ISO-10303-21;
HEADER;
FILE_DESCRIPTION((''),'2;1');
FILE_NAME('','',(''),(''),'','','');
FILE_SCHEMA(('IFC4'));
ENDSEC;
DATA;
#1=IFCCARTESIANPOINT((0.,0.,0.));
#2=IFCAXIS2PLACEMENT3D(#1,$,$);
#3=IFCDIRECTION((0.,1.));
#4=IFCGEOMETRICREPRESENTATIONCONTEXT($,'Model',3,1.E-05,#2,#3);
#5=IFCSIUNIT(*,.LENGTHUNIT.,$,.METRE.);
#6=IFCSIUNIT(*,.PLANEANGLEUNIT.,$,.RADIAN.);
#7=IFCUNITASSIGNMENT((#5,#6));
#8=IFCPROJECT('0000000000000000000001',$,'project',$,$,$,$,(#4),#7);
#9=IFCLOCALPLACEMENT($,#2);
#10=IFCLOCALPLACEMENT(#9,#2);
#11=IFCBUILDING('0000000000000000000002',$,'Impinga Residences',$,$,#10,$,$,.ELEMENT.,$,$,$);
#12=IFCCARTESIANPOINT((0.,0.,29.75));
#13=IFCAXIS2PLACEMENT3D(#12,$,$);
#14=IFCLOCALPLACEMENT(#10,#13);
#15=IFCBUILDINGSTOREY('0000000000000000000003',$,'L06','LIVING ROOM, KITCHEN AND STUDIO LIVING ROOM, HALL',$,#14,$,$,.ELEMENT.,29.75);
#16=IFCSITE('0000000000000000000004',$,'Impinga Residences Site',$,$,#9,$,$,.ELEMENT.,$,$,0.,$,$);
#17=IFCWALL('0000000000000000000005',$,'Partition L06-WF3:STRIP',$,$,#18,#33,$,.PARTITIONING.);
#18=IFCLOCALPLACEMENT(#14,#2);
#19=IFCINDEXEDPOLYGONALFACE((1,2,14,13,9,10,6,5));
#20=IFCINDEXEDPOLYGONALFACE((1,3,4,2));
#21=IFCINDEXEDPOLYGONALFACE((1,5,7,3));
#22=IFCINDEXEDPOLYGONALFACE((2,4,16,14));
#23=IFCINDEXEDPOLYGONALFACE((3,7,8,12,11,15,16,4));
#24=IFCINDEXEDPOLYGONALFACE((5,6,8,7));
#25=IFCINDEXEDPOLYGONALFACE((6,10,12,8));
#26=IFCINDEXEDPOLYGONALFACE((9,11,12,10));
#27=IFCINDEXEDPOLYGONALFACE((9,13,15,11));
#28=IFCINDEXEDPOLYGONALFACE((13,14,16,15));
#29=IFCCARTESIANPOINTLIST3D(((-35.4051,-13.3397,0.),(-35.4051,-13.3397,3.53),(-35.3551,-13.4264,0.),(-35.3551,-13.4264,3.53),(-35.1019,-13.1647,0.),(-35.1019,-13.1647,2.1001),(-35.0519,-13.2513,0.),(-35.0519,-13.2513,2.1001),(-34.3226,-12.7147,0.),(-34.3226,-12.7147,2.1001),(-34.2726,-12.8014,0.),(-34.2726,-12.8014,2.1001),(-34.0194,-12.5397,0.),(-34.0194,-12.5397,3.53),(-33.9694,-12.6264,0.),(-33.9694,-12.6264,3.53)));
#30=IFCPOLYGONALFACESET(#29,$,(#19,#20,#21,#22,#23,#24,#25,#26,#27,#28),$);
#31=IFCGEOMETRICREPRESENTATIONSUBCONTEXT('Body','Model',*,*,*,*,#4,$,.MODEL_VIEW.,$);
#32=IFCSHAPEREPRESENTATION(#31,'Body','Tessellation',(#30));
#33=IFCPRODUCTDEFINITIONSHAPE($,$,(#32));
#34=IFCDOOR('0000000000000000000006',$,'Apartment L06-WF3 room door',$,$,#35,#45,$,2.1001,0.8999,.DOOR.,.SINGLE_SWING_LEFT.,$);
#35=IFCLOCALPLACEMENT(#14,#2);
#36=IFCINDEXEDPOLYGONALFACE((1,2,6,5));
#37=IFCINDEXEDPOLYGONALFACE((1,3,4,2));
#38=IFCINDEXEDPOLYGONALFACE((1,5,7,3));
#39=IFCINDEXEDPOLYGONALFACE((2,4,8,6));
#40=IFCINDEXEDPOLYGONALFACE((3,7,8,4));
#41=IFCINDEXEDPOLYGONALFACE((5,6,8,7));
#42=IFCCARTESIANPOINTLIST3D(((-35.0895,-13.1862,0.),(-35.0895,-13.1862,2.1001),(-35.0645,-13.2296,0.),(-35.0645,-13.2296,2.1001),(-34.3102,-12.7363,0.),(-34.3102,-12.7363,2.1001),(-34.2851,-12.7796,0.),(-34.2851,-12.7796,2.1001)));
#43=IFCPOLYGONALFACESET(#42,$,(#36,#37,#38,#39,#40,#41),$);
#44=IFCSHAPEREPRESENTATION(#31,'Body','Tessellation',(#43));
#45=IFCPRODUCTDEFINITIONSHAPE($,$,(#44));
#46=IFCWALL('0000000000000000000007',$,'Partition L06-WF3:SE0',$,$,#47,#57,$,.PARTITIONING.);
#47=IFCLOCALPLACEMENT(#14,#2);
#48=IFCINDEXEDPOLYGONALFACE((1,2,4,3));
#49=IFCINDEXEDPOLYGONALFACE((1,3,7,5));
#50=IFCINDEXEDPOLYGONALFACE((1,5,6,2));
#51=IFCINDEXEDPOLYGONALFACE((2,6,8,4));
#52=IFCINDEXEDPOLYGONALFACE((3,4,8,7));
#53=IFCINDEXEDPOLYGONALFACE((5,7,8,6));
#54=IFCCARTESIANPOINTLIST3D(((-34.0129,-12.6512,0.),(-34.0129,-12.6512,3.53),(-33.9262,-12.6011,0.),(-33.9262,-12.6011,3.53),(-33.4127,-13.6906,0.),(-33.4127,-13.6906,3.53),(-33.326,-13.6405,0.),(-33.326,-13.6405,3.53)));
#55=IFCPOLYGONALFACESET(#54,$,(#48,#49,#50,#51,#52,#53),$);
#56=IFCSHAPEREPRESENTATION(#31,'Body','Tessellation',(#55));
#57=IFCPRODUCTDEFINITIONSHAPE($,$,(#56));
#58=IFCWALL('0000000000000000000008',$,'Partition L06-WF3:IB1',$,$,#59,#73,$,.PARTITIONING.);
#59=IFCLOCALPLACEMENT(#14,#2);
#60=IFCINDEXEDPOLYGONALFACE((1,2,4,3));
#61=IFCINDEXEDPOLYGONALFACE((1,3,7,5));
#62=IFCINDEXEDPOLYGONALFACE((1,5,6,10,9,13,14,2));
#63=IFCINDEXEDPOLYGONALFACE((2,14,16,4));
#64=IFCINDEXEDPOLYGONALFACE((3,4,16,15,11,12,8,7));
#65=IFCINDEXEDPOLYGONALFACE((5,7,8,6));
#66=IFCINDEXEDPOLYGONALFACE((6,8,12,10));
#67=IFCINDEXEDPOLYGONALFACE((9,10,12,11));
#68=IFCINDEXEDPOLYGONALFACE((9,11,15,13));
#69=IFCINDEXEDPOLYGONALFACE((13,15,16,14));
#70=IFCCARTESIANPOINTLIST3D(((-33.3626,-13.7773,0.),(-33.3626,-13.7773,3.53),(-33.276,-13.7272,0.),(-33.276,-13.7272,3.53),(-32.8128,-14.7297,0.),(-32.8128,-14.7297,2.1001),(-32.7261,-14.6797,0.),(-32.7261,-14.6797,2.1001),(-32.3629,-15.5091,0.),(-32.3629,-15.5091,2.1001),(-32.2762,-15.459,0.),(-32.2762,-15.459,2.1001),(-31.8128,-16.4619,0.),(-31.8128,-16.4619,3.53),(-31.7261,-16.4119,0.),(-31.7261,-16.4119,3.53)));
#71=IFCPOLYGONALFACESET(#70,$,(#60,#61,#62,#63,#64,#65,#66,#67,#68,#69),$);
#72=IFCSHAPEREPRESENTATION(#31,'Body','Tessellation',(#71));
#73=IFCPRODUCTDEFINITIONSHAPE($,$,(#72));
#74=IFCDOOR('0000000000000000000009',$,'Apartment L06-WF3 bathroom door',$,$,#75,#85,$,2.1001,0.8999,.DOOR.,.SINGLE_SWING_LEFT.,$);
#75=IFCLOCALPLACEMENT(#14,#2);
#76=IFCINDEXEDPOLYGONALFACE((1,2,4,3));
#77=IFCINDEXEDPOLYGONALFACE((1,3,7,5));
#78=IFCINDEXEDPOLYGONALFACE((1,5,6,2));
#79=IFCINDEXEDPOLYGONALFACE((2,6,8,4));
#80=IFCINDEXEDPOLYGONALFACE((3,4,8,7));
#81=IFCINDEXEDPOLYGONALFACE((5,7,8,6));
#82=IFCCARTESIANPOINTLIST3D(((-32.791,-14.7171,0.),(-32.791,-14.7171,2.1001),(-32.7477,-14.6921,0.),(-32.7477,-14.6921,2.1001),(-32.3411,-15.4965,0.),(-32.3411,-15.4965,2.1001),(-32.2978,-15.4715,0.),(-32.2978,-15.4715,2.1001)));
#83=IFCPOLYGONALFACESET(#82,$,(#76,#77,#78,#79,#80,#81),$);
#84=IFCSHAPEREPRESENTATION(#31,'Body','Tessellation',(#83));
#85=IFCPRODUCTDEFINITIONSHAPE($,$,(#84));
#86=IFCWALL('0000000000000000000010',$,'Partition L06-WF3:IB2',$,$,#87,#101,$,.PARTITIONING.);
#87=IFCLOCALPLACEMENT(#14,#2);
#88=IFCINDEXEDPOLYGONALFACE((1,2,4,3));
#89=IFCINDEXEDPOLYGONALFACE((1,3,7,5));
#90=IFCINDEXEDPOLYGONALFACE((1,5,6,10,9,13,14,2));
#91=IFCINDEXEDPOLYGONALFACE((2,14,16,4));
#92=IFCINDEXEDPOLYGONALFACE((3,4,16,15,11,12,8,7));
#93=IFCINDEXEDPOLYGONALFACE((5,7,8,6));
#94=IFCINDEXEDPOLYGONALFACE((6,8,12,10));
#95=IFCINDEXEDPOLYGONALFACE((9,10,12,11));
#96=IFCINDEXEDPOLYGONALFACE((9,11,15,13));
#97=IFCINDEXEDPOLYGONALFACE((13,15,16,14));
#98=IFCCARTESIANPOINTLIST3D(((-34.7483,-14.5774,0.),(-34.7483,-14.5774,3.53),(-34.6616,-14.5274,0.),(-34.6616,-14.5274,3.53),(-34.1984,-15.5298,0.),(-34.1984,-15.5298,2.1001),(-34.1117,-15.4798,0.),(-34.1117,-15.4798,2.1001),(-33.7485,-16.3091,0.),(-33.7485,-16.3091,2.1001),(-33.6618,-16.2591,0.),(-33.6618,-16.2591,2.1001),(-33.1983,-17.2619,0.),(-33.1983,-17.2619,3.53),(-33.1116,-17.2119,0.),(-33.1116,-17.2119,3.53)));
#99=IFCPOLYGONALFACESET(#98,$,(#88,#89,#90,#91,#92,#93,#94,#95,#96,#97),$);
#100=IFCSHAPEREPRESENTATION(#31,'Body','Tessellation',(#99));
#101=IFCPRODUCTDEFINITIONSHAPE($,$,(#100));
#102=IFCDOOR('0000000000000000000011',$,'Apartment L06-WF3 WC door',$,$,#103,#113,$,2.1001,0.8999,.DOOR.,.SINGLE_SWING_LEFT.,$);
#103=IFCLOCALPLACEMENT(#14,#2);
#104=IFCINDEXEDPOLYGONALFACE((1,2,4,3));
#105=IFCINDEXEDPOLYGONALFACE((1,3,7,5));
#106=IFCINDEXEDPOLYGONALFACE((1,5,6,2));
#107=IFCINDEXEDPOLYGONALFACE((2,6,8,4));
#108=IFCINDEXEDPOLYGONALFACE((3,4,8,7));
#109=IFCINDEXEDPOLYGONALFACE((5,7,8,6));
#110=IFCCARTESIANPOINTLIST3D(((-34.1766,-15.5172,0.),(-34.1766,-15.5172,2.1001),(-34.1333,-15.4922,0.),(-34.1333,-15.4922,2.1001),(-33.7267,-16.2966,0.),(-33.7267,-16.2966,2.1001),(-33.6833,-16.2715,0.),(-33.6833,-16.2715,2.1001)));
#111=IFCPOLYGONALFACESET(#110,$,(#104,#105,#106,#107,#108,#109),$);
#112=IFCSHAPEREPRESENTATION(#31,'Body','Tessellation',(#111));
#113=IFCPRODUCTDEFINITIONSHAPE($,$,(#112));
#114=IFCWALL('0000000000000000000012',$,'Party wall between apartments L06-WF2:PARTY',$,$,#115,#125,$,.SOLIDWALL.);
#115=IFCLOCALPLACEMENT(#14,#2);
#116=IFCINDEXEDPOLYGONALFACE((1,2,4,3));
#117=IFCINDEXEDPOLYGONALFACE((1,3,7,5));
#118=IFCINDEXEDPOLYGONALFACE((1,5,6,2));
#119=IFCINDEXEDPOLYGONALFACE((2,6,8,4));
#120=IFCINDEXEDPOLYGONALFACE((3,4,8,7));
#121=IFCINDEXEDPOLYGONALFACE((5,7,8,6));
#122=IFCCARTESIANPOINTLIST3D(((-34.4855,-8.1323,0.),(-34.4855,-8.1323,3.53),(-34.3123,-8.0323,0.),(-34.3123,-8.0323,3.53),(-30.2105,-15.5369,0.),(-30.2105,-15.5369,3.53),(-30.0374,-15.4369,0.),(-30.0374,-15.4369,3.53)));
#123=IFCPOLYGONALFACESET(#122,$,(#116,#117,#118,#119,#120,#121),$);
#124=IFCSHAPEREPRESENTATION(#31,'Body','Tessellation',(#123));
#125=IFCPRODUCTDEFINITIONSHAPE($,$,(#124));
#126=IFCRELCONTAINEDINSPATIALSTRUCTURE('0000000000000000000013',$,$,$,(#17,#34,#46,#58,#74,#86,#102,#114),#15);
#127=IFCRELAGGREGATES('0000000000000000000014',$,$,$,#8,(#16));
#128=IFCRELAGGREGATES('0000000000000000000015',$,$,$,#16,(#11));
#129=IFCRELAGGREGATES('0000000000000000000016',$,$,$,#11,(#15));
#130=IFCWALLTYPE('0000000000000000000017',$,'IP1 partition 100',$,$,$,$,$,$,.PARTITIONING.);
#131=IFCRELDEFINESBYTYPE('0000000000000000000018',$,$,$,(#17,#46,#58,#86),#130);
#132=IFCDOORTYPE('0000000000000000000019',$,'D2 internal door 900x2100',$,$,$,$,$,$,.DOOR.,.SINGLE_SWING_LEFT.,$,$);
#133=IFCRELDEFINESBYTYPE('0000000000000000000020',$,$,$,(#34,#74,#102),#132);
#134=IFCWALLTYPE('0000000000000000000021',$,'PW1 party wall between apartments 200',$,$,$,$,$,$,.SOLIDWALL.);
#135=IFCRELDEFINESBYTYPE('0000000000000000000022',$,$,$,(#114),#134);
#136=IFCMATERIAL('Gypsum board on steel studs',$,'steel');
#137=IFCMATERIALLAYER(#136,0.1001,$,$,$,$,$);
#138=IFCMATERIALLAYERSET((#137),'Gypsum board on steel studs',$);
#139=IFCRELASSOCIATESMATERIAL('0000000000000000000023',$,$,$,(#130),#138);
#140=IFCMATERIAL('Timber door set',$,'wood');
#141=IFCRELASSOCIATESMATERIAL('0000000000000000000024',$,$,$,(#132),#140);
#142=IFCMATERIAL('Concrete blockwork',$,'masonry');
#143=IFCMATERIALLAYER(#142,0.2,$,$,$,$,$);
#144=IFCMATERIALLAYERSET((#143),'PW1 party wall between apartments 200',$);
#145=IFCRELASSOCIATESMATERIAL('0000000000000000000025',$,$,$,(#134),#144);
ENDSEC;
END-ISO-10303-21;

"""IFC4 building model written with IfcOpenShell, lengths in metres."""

from ifc_helpers import new_model, si_unit, direction, frame, frame_2d, origin, place, context, subcontext, project, spatial, rectangle, extrude, material, layer, layer_set, type_object, element, fill, save


model = new_model("IFC4")

# Units and contexts
model_context = context("Model", 3, precision=1e-05, world=origin(), true_north=direction((0.0, 1.0)))
body_context = subcontext(model_context, "Body", "Model", "MODEL_VIEW")
ifc_project = project(units=[si_unit("LENGTHUNIT", "METRE"), si_unit("PLANEANGLEUNIT", "RADIAN")], contexts=[model_context])

# Site, building, storey
site_placement = place(None, origin())
site = spatial("IfcSite", under=ifc_project, at=site_placement, Name="Impinga Residences Site", CompositionType="ELEMENT", RefElevation=0.0)
building_placement = place(site_placement, origin())
building = spatial("IfcBuilding", under=site, at=building_placement, Name="Impinga Residences", CompositionType="ELEMENT")
storey_placement = place(building_placement, frame((0.0, 0.0, 29.75)))
storey = spatial("IfcBuildingStorey", under=building, at=storey_placement, Name="L06", Description="LIVING ROOM, KITCHEN AND STUDIO LIVING ROOM, HALL", CompositionType="ELEMENT", Elevation=29.75)

# Shared definitions
ifc_material_1 = material(Name="Gypsum board on steel studs", Category="steel")
ifc_layer_1 = layer(ifc_material_1, 0.1001)
ifc_layer_set_1 = layer_set([ifc_layer_1], Name="Gypsum board on steel studs")
wall_type_1 = type_object("IfcWallType", Name="IP1 partition 100", PredefinedType="PARTITIONING", material=ifc_layer_set_1)
ifc_material_2 = material(Name="Timber door set", Category="wood")
door_type = type_object("IfcDoorType", Name="D2 internal door 900x2100", OperationType="SINGLE_SWING_LEFT", PredefinedType="DOOR", material=ifc_material_2)

# Wall, opening, door
wall_1_placement = place(storey_placement, frame((-33.9944, -12.583, 0.0), z_axis=(0.0, 0.0, 1.0), x_axis=(-0.866028, -0.499995, 0.0)))
wall_1 = element("IfcWall", 1, at=wall_1_placement, inside=storey, type_object=wall_type_1, Name="Partition L06-WF3:STRIP", PredefinedType="PARTITIONING", context=body_context, shape_type="SweptSolid", body=[
    extrude(rectangle(XDim=1.6001, YDim=0.1001, at=frame_2d((0.8, 0.0))), origin(), (0.0, 0.0, 1.0), 3.53),
])
opening_1_placement = place(wall_1_placement, frame((0.3501, 0.0, 0.0)))
opening_1 = element("IfcOpeningElement", 2, at=opening_1_placement, cuts=wall_1, PredefinedType="OPENING", context=body_context, shape_type="SweptSolid", body=[
    extrude(rectangle(XDim=0.8999, YDim=2.1001, at=frame_2d((0.45, 1.05))), frame((0.0, 0.0601, 0.0), z_axis=(0.0, -1.0, 0.0), x_axis=(1.0, 0.0, 0.0)), (0.0, 0.0, 1.0), 0.1201),
])
door_1_placement = place(opening_1_placement, origin())
door_1 = element("IfcDoor", 3, at=door_1_placement, inside=storey, type_object=door_type, Name="Apartment L06-WF3 room door", OperationType="SINGLE_SWING_LEFT", OverallHeight=2.1001, OverallWidth=0.8999, PredefinedType="DOOR", context=body_context, shape_type="SweptSolid", body=[
    extrude(rectangle(XDim=0.8999, YDim=2.1001, at=frame_2d((0.45, 1.05))), frame((0.0, 0.0249, 0.0), z_axis=(0.0, -1.0, 0.0), x_axis=(1.0, 0.0, 0.0)), (0.0, 0.0, 1.0), 0.05),
])
fill(opening_1, door_1)

# Wall
wall_2_placement = place(storey_placement, frame((-33.3694, -13.6655, 0.0), z_axis=(0.0, 0.0, 1.0), x_axis=(-0.500034, 0.866006, 0.0)))
element("IfcWall", 4, at=wall_2_placement, inside=storey, type_object=wall_type_1, Name="Partition L06-WF3:SE0", PredefinedType="PARTITIONING", context=body_context, shape_type="SweptSolid", body=[
    extrude(rectangle(XDim=1.2002, YDim=0.1001, at=frame_2d((0.6001, 0.0))), origin(), (0.0, 0.0, 1.0), 3.53),
])

# Walls, openings, doors
wall_3_placement = place(storey_placement, frame((-31.7695, -16.4368, 0.0), z_axis=(0.0, 0.0, 1.0), x_axis=(-0.499968, 0.866044, 0.0)))
wall_3 = element("IfcWall", 5, at=wall_3_placement, inside=storey, type_object=wall_type_1, Name="Partition L06-WF3:IB1", PredefinedType="PARTITIONING", context=body_context, shape_type="SweptSolid", body=[
    extrude(rectangle(XDim=3.0999, YDim=0.1001, at=frame_2d((1.5498, 0.0))), origin(), (0.0, 0.0, 1.0), 3.53),
])
opening_2_placement = place(wall_3_placement, frame((1.1001, 0.0, 0.0)))
opening_2 = element("IfcOpeningElement", 6, at=opening_2_placement, cuts=wall_3, PredefinedType="OPENING", context=body_context, shape_type="SweptSolid", body=[
    extrude(rectangle(XDim=0.8999, YDim=2.1001, at=frame_2d((0.45, 1.05))), frame((0.0, 0.0601, 0.0), z_axis=(0.0, -1.0, 0.0), x_axis=(1.0, 0.0, 0.0)), (0.0, 0.0, 1.0), 0.1201),
])
door_2_placement = place(opening_2_placement, origin())
door_2 = element("IfcDoor", 7, at=door_2_placement, inside=storey, type_object=door_type, Name="Apartment L06-WF3 bathroom door", OperationType="SINGLE_SWING_LEFT", OverallHeight=2.1001, OverallWidth=0.8999, PredefinedType="DOOR", context=body_context, shape_type="SweptSolid", body=[
    extrude(rectangle(XDim=0.8999, YDim=2.1001, at=frame_2d((0.45, 1.05))), frame((0.0, 0.0249, 0.0), z_axis=(0.0, -1.0, 0.0), x_axis=(1.0, 0.0, 0.0)), (0.0, 0.0, 1.0), 0.05),
])
fill(opening_2, door_2)
wall_4_placement = place(storey_placement, frame((-33.155, -17.2368, 0.0), z_axis=(0.0, 0.0, 1.0), x_axis=(-0.500027, 0.86601, 0.0)))
wall_4 = element("IfcWall", 8, at=wall_4_placement, inside=storey, type_object=wall_type_1, Name="Partition L06-WF3:IB2", PredefinedType="PARTITIONING", context=body_context, shape_type="SweptSolid", body=[
    extrude(rectangle(XDim=3.0999, YDim=0.1001, at=frame_2d((1.5498, 0.0))), origin(), (0.0, 0.0, 1.0), 3.53),
])
opening_3_placement = place(wall_4_placement, frame((1.1001, 0.0, 0.0)))
opening_3 = element("IfcOpeningElement", 9, at=opening_3_placement, cuts=wall_4, PredefinedType="OPENING", context=body_context, shape_type="SweptSolid", body=[
    extrude(rectangle(XDim=0.8999, YDim=2.1001, at=frame_2d((0.45, 1.05))), frame((0.0, 0.0601, 0.0), z_axis=(0.0, -1.0, 0.0), x_axis=(1.0, 0.0, 0.0)), (0.0, 0.0, 1.0), 0.1201),
])
door_3_placement = place(opening_3_placement, origin())
door_3 = element("IfcDoor", 10, at=door_3_placement, inside=storey, type_object=door_type, Name="Apartment L06-WF3 WC door", OperationType="SINGLE_SWING_LEFT", OverallHeight=2.1001, OverallWidth=0.8999, PredefinedType="DOOR", context=body_context, shape_type="SweptSolid", body=[
    extrude(rectangle(XDim=0.8999, YDim=2.1001, at=frame_2d((0.45, 1.05))), frame((0.0, 0.0249, 0.0), z_axis=(0.0, -1.0, 0.0), x_axis=(1.0, 0.0, 0.0)), (0.0, 0.0, 1.0), 0.05),
])
fill(opening_3, door_3)

# Wall
ifc_material_3 = material(Name="Concrete blockwork", Category="masonry")
ifc_layer_2 = layer(ifc_material_3, 0.2)
ifc_layer_set_2 = layer_set([ifc_layer_2], Name="PW1 party wall between apartments 200")
wall_type_2 = type_object("IfcWallType", Name="PW1 party wall between apartments 200", PredefinedType="SOLIDWALL", material=ifc_layer_set_2)
wall_5_placement = place(storey_placement, frame((-30.124, -15.4868, 0.0), z_axis=(0.0, 0.0, 1.0), x_axis=(-0.49999, 0.866031, 0.0)))
element("IfcWall", 11, at=wall_5_placement, inside=storey, type_object=wall_type_2, Name="Party wall between apartments L06-WF2:PARTY", PredefinedType="SOLIDWALL", context=body_context, shape_type="SweptSolid", body=[
    extrude(rectangle(XDim=8.55, YDim=0.2, at=frame_2d((4.2749, 0.0))), origin(), (0.0, 0.0, 1.0), 3.53),
])

save(model, "model.ifc")
